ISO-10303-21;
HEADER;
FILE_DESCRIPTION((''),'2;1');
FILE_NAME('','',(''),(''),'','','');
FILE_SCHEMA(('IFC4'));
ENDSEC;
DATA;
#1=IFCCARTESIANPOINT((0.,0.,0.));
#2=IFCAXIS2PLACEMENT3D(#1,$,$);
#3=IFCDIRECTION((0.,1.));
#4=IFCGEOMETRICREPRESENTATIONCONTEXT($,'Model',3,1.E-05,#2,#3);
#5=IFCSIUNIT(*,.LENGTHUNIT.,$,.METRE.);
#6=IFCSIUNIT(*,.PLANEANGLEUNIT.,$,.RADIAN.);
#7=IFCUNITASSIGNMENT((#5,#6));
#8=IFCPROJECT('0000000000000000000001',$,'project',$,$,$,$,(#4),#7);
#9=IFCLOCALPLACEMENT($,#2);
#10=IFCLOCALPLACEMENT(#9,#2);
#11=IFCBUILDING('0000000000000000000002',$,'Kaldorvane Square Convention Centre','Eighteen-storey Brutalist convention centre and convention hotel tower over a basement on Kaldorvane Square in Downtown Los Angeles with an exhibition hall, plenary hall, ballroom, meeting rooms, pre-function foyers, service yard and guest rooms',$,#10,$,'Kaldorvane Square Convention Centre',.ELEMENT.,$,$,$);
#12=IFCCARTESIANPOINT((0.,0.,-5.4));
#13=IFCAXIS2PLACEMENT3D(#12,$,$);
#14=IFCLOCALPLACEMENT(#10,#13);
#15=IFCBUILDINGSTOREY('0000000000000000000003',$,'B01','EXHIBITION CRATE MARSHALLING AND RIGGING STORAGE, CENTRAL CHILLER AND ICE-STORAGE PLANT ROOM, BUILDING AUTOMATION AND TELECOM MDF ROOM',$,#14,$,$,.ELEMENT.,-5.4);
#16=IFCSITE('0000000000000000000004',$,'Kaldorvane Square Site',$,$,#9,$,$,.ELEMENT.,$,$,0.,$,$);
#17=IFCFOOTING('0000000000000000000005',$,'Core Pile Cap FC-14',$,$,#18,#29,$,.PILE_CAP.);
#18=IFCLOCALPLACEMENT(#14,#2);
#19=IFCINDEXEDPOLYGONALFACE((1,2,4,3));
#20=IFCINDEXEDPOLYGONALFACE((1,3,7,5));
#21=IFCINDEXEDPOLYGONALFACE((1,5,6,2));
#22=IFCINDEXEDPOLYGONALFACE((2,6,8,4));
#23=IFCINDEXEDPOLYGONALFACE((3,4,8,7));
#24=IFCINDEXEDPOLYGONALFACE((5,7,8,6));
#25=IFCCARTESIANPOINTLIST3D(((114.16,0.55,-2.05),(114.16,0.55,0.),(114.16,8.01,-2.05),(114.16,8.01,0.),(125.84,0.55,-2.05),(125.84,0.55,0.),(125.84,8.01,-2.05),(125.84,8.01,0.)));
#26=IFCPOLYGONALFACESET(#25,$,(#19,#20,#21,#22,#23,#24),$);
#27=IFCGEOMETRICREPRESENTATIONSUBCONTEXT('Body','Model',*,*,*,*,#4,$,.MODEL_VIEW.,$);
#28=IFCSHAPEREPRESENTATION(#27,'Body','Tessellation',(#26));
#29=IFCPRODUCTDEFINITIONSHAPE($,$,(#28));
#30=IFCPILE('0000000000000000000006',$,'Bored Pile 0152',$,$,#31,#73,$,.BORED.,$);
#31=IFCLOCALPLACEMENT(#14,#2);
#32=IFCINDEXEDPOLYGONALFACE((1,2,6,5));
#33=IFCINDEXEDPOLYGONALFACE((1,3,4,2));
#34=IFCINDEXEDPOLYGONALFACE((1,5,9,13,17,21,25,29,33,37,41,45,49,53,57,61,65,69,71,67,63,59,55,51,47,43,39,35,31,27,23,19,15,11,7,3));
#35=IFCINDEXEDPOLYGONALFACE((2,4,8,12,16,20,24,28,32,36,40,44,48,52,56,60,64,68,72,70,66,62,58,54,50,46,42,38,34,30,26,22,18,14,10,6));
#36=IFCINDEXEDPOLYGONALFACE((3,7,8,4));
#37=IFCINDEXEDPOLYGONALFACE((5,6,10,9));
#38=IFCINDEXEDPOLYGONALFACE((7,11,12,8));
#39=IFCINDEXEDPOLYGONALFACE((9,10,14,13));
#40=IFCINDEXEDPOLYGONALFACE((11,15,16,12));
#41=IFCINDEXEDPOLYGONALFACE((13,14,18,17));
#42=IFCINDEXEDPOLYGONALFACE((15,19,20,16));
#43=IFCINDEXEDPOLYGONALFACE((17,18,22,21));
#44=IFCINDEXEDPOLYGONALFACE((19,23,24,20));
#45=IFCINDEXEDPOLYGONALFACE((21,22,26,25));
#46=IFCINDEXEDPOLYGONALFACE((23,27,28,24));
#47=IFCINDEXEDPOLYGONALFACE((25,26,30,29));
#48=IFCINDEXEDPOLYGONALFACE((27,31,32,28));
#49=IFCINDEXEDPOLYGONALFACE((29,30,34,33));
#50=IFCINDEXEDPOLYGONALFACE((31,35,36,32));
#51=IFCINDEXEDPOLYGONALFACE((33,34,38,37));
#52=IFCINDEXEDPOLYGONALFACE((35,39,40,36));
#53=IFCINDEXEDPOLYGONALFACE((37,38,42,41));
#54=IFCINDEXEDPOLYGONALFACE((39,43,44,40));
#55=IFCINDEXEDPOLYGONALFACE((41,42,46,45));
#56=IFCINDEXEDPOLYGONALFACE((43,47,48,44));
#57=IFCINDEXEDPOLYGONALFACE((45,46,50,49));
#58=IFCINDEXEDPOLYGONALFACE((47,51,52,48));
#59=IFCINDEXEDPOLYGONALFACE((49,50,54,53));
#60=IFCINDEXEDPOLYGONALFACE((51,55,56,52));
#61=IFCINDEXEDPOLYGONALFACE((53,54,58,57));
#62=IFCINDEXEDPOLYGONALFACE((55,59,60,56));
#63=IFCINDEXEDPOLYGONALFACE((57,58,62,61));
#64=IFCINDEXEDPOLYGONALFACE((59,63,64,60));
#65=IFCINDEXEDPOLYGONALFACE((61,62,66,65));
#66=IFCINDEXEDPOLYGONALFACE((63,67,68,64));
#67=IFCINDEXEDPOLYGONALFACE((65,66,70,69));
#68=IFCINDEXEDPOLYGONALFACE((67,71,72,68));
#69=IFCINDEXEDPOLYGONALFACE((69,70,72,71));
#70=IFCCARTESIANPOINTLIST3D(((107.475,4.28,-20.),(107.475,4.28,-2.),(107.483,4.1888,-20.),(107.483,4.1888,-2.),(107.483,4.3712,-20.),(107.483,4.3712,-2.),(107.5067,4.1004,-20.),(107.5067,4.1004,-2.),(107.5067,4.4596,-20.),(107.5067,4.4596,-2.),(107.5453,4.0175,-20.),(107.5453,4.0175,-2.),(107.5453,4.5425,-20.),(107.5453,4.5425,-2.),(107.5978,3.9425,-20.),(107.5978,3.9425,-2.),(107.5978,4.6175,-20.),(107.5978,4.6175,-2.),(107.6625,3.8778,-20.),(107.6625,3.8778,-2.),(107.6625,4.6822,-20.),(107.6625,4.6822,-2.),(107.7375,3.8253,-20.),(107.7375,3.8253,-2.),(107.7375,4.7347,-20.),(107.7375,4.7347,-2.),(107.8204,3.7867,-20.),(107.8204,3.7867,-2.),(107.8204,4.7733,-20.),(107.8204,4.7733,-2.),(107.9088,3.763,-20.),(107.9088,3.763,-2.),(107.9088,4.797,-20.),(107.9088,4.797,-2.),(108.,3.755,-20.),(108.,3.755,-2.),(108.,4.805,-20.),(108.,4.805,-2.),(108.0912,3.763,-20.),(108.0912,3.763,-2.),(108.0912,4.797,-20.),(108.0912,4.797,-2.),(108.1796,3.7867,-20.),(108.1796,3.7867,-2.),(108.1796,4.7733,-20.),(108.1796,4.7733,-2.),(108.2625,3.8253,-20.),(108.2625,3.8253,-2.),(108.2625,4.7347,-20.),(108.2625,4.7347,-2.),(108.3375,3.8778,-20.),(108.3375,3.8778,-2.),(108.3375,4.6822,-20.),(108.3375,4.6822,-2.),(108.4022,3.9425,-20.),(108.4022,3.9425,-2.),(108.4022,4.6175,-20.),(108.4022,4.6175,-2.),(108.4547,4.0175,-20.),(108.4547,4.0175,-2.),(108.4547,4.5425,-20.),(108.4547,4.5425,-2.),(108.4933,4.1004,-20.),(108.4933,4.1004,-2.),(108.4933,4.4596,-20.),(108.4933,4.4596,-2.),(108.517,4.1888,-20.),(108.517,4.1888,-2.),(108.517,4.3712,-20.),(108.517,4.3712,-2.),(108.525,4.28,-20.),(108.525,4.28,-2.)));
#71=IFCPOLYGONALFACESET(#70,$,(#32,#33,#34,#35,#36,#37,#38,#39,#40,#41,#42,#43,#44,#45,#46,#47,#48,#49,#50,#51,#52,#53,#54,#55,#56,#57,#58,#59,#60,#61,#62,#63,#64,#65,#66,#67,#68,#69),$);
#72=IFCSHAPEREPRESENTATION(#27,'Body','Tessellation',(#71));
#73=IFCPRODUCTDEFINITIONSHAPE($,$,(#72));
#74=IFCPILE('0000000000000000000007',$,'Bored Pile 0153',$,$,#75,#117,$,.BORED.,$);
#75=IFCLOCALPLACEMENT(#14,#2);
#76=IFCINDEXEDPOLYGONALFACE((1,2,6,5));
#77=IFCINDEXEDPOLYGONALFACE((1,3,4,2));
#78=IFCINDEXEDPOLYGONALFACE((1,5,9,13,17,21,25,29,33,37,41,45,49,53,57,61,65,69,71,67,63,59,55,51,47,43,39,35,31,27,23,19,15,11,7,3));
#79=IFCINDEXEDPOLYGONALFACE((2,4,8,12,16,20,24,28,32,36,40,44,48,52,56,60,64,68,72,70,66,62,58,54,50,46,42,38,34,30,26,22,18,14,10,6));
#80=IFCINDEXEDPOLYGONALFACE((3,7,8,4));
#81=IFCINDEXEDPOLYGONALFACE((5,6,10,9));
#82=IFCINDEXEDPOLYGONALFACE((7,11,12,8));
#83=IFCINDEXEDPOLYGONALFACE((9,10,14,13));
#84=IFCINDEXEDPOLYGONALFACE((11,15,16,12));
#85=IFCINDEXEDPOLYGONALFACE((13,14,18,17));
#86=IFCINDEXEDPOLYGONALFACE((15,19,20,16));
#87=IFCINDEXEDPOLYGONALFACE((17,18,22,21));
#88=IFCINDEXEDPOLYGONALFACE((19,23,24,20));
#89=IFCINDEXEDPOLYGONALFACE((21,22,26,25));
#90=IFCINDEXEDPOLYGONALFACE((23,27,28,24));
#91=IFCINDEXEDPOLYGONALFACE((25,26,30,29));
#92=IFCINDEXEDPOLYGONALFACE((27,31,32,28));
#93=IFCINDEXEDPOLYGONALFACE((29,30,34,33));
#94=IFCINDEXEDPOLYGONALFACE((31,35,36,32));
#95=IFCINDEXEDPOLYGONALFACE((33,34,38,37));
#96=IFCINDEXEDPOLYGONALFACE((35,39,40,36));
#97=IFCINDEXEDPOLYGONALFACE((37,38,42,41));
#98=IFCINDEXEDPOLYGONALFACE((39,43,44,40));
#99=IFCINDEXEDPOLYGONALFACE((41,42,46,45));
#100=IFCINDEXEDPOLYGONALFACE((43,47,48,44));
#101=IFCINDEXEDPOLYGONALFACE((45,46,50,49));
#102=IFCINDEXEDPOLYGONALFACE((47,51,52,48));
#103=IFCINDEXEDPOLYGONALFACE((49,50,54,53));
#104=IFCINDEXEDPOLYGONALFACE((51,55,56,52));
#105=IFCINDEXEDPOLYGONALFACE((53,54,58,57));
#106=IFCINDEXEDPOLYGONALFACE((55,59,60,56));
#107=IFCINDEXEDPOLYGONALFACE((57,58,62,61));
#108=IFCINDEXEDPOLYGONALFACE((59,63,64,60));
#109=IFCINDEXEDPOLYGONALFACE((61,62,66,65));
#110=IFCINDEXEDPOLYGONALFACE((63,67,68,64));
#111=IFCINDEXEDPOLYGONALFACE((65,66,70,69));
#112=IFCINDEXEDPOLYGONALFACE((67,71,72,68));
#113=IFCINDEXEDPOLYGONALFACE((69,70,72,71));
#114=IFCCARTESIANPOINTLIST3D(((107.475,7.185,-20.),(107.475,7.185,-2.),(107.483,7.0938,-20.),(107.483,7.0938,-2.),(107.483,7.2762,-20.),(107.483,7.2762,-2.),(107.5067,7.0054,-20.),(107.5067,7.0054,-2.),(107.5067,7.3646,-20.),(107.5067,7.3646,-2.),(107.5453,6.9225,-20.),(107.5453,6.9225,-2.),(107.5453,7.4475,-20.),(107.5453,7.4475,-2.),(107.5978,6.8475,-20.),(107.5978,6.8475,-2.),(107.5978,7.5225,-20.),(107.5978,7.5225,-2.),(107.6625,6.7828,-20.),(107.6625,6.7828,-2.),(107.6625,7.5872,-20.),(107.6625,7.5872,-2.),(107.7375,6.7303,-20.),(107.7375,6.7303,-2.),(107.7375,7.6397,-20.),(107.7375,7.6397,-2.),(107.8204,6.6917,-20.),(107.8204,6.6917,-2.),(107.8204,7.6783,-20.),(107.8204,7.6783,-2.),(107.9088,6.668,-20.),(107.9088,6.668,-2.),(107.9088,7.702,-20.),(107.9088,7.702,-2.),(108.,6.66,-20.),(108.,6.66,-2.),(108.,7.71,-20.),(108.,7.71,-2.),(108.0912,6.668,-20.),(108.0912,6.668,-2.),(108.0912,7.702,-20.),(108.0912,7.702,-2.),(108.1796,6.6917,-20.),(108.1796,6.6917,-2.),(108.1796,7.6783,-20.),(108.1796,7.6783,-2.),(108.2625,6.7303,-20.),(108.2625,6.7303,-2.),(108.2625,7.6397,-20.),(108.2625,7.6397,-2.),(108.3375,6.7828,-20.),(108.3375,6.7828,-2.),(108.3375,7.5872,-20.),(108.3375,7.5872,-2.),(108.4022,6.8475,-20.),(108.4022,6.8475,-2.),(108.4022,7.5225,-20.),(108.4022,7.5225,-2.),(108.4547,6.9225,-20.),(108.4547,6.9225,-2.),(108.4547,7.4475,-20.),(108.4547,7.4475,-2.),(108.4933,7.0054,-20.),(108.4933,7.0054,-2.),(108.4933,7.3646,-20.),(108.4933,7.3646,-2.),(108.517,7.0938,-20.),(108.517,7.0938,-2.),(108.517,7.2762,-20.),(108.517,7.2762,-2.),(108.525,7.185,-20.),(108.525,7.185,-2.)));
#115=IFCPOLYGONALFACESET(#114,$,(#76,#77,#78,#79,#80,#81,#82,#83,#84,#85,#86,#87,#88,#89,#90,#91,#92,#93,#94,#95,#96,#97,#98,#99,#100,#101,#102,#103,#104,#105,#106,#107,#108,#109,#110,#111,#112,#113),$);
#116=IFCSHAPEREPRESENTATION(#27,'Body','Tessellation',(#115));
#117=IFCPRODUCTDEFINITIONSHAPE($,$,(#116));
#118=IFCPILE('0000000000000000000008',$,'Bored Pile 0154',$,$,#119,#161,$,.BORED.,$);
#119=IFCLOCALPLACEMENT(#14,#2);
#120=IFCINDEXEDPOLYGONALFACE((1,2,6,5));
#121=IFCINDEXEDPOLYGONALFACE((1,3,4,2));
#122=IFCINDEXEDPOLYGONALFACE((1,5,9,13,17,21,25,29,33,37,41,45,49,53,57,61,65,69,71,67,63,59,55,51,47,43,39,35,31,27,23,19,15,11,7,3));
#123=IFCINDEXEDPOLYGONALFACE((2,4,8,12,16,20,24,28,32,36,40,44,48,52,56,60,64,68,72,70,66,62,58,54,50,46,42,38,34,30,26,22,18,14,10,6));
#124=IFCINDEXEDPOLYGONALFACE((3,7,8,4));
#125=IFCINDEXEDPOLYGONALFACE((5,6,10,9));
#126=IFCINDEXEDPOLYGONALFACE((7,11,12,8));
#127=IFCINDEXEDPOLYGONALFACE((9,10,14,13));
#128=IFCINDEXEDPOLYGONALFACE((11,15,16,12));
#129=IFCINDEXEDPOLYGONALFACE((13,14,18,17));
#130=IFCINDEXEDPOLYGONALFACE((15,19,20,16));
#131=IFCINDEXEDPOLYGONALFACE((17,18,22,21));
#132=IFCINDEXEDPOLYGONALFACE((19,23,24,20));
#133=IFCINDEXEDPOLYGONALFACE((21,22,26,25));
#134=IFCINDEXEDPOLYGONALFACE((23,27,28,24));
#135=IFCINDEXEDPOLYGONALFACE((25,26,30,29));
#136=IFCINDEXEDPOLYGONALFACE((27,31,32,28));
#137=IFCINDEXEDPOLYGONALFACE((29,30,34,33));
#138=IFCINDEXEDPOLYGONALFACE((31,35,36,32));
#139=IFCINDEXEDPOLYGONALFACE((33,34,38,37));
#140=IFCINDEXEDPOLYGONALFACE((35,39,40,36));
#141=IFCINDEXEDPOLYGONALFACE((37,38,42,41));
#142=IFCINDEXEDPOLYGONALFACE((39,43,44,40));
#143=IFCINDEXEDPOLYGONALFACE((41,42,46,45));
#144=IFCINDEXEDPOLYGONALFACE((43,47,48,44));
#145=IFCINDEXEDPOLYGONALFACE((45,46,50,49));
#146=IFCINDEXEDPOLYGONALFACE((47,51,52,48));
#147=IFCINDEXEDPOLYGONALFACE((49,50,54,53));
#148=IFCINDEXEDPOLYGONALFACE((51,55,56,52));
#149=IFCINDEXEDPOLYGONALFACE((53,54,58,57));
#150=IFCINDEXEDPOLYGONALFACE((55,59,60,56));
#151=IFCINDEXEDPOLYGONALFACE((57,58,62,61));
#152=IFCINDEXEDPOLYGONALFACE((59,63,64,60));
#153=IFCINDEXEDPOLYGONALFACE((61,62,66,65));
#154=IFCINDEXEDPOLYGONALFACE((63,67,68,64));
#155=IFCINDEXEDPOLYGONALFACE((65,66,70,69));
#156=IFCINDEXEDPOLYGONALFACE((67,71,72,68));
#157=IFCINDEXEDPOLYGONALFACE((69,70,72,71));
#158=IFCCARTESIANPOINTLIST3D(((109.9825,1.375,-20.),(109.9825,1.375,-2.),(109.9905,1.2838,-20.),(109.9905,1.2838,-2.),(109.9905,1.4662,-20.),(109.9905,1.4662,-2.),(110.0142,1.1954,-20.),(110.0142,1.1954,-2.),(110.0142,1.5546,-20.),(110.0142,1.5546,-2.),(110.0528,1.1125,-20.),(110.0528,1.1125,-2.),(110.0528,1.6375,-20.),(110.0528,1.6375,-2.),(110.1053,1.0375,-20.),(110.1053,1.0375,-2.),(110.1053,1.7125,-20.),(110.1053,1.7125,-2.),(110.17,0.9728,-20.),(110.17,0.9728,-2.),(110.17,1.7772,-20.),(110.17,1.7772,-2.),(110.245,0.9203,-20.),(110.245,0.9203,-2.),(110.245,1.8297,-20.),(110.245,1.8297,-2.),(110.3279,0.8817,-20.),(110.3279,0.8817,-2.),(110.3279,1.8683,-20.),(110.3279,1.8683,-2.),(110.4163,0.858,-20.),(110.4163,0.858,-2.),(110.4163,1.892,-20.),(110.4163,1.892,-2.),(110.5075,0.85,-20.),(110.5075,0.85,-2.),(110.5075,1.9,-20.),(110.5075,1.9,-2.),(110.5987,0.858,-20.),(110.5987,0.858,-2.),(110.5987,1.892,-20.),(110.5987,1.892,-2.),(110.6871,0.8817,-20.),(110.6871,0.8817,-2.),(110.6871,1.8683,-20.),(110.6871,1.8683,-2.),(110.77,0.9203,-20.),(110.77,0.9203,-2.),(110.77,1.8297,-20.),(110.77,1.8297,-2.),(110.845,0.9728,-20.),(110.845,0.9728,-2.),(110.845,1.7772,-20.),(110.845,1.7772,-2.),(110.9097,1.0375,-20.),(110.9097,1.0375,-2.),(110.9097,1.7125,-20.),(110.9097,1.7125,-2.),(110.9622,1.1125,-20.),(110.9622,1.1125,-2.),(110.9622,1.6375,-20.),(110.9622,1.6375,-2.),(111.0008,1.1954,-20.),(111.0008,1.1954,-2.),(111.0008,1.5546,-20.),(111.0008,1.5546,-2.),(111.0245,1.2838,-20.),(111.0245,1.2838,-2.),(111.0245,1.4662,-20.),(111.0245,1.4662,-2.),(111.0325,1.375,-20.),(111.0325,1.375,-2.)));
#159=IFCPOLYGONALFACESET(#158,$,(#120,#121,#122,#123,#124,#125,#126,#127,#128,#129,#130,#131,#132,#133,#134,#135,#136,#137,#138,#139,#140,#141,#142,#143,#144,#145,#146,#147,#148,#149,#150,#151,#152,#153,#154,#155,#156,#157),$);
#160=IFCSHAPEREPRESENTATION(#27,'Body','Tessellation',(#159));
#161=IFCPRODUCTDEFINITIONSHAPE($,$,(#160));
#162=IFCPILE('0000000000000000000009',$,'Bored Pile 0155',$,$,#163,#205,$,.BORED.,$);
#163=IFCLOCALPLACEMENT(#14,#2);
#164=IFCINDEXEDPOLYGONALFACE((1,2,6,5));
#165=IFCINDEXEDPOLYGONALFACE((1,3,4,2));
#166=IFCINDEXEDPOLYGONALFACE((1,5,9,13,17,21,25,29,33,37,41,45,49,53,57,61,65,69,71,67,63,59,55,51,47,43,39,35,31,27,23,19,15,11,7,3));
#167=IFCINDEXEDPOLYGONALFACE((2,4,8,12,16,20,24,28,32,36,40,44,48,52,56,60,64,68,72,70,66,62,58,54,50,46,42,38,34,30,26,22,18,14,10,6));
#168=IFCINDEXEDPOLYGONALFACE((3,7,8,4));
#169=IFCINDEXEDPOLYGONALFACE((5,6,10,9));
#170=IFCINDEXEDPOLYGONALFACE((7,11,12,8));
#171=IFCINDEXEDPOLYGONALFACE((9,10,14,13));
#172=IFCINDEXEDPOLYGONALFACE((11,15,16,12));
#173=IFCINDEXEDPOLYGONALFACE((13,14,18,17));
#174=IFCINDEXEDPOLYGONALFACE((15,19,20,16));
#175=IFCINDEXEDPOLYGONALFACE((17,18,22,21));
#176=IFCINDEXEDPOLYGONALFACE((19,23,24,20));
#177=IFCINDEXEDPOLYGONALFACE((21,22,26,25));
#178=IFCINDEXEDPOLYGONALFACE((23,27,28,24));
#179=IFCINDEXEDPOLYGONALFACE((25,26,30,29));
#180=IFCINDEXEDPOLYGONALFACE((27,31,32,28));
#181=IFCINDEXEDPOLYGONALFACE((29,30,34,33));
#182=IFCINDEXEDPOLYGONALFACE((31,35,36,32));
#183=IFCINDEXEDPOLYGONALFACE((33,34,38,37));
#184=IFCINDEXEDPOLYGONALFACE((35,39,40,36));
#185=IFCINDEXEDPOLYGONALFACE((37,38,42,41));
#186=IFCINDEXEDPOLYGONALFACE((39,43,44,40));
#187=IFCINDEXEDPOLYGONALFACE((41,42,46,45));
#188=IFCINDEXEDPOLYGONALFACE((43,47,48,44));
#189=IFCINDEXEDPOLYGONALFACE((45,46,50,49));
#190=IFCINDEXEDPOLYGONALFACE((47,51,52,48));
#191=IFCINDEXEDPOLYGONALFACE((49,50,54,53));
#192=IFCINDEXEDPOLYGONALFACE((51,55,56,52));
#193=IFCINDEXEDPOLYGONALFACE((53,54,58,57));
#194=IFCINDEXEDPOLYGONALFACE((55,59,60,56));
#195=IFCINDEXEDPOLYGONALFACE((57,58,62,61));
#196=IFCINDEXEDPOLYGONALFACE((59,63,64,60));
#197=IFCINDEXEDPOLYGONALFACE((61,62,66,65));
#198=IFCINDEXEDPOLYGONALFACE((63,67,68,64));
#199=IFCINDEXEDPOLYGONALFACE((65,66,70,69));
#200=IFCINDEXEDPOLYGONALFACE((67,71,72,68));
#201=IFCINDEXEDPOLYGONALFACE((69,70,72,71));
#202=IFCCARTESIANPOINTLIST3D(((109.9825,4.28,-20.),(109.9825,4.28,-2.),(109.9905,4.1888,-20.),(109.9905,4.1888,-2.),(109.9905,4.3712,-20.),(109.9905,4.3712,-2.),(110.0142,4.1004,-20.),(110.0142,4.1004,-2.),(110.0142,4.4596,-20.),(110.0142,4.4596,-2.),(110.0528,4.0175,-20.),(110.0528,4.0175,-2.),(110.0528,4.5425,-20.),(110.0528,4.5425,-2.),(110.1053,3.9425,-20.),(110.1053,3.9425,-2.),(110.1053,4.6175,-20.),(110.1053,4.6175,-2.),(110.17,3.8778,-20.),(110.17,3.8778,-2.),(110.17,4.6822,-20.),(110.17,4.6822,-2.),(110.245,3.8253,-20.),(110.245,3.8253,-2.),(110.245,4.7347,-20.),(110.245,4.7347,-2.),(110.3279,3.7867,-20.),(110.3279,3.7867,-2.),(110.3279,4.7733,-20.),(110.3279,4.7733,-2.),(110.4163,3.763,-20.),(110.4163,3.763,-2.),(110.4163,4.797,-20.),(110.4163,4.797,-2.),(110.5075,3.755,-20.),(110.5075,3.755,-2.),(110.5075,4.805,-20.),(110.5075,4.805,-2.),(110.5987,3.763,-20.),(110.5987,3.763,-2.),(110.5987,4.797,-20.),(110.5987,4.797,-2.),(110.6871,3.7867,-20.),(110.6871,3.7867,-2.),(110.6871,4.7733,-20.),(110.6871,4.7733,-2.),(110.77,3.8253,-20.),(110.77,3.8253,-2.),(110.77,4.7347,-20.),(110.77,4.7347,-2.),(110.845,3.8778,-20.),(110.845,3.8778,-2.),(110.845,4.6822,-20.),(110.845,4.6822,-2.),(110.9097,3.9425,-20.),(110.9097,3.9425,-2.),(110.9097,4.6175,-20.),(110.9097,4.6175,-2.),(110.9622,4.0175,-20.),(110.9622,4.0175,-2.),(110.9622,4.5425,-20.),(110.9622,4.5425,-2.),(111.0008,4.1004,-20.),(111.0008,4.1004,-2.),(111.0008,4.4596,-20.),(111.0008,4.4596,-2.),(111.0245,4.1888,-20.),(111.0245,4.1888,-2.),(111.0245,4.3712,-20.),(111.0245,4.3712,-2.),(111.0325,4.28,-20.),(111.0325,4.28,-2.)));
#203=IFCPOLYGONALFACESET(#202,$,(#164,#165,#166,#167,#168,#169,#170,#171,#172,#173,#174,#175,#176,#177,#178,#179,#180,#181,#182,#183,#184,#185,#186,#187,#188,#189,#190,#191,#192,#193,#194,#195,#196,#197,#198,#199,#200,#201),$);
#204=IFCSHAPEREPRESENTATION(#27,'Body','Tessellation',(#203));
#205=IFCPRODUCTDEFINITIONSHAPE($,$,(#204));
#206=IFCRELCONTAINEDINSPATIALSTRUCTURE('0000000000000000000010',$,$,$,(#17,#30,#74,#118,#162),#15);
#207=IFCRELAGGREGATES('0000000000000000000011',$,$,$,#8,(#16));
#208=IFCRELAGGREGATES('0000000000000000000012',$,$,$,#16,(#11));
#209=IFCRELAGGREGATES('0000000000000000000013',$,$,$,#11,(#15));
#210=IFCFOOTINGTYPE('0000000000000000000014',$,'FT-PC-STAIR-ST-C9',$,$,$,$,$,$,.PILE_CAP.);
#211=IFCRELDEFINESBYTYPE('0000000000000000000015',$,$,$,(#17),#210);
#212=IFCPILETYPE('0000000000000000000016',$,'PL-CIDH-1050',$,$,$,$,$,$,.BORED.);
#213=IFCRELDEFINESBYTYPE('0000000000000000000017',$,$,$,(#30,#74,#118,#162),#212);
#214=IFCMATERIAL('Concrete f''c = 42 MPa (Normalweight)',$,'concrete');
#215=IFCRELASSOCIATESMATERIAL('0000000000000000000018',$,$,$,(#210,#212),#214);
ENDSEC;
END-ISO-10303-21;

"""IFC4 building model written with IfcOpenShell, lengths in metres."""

from ifc_helpers import new_model, si_unit, direction, frame, origin, origin_2d, place, context, subcontext, project, spatial, rectangle, circle, extrude, material, material_profile, profile_set, type_object, element, save


model = new_model("IFC4")

# Units and contexts
model_context = context("Model", 3, precision=1e-05, world=origin(), true_north=direction((0.0, 1.0)))
body_context = subcontext(model_context, "Body", "Model", "MODEL_VIEW")
ifc_project = project(units=[si_unit("LENGTHUNIT", "METRE"), si_unit("PLANEANGLEUNIT", "RADIAN")], contexts=[model_context])

# Site, building, storey
site_placement = place(None, origin())
site = spatial("IfcSite", under=ifc_project, at=site_placement, Name="Kaldorvane Square Site", CompositionType="ELEMENT", RefElevation=0.0)
building_placement = place(site_placement, origin())
building = spatial("IfcBuilding", under=site, at=building_placement, Name="Kaldorvane Square Convention Centre", Description="Eighteen-storey Brutalist convention centre and convention hotel tower over a basement on Kaldorvane Square in Downtown Los Angeles with an exhibition hall, plenary hall, ballroom, meeting rooms, pre-function foyers, service yard and guest rooms", LongName="Kaldorvane Square Convention Centre", CompositionType="ELEMENT")
storey_placement = place(building_placement, frame((0.0, 0.0, -5.4)))
storey = spatial("IfcBuildingStorey", under=building, at=storey_placement, Name="B01", Description="EXHIBITION CRATE MARSHALLING AND RIGGING STORAGE, CENTRAL CHILLER AND ICE-STORAGE PLANT ROOM, BUILDING AUTOMATION AND TELECOM MDF ROOM", CompositionType="ELEMENT", Elevation=-5.4)

# Footing
ifc_material_1 = material(Name="Concrete f'c = 42 MPa (Normalweight)", Category="concrete")
footing_type = type_object("IfcFootingType", Name="FT-PC-STAIR-ST-C9", PredefinedType="PILE_CAP", material=ifc_material_1)
footing_placement = place(storey_placement, frame((120.0, 4.28, -2.05), z_axis=(0.0, 0.0, 1.0), x_axis=(1.0, 0.0, 0.0)))
element("IfcFooting", 1, at=footing_placement, inside=storey, type_object=footing_type, Name="Core Pile Cap FC-14", PredefinedType="PILE_CAP", context=body_context, shape_type="SweptSolid", body=[
    extrude(rectangle(XDim=11.68, YDim=7.46, at=origin_2d()), origin(), (0.0, 0.0, 1.0), 2.05),
])

# Piles
ifc_material_profile_1 = material_profile(ifc_material_1, circle(Radius=0.525, at=origin_2d()), Name="PILE-D1050")
ifc_profile_set_1 = profile_set([ifc_material_profile_1], Name="Concrete f'c = 42 MPa (Normalweight)")
pile_type = type_object("IfcPileType", Name="PL-CIDH-1050", PredefinedType="BORED", material=ifc_profile_set_1)
for number, where, z_axis, x_axis, name in (
    (2, (108.0, 4.28, -2.0), (0.0, 0.0, -1.0), (1.0, 0.0, 0.0), "Bored Pile 0152"),
    (3, (108.0, 7.185, -2.0), (0.0, 0.0, -1.0), (1.0, 0.0, 0.0), "Bored Pile 0153"),
    (4, (110.5075, 1.375, -2.0), (0.0, 0.0, -1.0), (1.0, 0.0, 0.0), "Bored Pile 0154"),
    (5, (110.5075, 4.28, -2.0), (0.0, 0.0, -1.0), (1.0, 0.0, 0.0), "Bored Pile 0155"),
):
    element("IfcPile", number, at=place(storey_placement, frame(where, z_axis=z_axis, x_axis=x_axis)), inside=storey, type_object=pile_type, Name=name, PredefinedType="BORED", context=body_context, shape_type="SweptSolid", body=[
        extrude(circle(Radius=0.525, at=origin_2d()), origin(), (0.0, 0.0, 1.0), 18.0),
    ])

save(model, "model.ifc")
